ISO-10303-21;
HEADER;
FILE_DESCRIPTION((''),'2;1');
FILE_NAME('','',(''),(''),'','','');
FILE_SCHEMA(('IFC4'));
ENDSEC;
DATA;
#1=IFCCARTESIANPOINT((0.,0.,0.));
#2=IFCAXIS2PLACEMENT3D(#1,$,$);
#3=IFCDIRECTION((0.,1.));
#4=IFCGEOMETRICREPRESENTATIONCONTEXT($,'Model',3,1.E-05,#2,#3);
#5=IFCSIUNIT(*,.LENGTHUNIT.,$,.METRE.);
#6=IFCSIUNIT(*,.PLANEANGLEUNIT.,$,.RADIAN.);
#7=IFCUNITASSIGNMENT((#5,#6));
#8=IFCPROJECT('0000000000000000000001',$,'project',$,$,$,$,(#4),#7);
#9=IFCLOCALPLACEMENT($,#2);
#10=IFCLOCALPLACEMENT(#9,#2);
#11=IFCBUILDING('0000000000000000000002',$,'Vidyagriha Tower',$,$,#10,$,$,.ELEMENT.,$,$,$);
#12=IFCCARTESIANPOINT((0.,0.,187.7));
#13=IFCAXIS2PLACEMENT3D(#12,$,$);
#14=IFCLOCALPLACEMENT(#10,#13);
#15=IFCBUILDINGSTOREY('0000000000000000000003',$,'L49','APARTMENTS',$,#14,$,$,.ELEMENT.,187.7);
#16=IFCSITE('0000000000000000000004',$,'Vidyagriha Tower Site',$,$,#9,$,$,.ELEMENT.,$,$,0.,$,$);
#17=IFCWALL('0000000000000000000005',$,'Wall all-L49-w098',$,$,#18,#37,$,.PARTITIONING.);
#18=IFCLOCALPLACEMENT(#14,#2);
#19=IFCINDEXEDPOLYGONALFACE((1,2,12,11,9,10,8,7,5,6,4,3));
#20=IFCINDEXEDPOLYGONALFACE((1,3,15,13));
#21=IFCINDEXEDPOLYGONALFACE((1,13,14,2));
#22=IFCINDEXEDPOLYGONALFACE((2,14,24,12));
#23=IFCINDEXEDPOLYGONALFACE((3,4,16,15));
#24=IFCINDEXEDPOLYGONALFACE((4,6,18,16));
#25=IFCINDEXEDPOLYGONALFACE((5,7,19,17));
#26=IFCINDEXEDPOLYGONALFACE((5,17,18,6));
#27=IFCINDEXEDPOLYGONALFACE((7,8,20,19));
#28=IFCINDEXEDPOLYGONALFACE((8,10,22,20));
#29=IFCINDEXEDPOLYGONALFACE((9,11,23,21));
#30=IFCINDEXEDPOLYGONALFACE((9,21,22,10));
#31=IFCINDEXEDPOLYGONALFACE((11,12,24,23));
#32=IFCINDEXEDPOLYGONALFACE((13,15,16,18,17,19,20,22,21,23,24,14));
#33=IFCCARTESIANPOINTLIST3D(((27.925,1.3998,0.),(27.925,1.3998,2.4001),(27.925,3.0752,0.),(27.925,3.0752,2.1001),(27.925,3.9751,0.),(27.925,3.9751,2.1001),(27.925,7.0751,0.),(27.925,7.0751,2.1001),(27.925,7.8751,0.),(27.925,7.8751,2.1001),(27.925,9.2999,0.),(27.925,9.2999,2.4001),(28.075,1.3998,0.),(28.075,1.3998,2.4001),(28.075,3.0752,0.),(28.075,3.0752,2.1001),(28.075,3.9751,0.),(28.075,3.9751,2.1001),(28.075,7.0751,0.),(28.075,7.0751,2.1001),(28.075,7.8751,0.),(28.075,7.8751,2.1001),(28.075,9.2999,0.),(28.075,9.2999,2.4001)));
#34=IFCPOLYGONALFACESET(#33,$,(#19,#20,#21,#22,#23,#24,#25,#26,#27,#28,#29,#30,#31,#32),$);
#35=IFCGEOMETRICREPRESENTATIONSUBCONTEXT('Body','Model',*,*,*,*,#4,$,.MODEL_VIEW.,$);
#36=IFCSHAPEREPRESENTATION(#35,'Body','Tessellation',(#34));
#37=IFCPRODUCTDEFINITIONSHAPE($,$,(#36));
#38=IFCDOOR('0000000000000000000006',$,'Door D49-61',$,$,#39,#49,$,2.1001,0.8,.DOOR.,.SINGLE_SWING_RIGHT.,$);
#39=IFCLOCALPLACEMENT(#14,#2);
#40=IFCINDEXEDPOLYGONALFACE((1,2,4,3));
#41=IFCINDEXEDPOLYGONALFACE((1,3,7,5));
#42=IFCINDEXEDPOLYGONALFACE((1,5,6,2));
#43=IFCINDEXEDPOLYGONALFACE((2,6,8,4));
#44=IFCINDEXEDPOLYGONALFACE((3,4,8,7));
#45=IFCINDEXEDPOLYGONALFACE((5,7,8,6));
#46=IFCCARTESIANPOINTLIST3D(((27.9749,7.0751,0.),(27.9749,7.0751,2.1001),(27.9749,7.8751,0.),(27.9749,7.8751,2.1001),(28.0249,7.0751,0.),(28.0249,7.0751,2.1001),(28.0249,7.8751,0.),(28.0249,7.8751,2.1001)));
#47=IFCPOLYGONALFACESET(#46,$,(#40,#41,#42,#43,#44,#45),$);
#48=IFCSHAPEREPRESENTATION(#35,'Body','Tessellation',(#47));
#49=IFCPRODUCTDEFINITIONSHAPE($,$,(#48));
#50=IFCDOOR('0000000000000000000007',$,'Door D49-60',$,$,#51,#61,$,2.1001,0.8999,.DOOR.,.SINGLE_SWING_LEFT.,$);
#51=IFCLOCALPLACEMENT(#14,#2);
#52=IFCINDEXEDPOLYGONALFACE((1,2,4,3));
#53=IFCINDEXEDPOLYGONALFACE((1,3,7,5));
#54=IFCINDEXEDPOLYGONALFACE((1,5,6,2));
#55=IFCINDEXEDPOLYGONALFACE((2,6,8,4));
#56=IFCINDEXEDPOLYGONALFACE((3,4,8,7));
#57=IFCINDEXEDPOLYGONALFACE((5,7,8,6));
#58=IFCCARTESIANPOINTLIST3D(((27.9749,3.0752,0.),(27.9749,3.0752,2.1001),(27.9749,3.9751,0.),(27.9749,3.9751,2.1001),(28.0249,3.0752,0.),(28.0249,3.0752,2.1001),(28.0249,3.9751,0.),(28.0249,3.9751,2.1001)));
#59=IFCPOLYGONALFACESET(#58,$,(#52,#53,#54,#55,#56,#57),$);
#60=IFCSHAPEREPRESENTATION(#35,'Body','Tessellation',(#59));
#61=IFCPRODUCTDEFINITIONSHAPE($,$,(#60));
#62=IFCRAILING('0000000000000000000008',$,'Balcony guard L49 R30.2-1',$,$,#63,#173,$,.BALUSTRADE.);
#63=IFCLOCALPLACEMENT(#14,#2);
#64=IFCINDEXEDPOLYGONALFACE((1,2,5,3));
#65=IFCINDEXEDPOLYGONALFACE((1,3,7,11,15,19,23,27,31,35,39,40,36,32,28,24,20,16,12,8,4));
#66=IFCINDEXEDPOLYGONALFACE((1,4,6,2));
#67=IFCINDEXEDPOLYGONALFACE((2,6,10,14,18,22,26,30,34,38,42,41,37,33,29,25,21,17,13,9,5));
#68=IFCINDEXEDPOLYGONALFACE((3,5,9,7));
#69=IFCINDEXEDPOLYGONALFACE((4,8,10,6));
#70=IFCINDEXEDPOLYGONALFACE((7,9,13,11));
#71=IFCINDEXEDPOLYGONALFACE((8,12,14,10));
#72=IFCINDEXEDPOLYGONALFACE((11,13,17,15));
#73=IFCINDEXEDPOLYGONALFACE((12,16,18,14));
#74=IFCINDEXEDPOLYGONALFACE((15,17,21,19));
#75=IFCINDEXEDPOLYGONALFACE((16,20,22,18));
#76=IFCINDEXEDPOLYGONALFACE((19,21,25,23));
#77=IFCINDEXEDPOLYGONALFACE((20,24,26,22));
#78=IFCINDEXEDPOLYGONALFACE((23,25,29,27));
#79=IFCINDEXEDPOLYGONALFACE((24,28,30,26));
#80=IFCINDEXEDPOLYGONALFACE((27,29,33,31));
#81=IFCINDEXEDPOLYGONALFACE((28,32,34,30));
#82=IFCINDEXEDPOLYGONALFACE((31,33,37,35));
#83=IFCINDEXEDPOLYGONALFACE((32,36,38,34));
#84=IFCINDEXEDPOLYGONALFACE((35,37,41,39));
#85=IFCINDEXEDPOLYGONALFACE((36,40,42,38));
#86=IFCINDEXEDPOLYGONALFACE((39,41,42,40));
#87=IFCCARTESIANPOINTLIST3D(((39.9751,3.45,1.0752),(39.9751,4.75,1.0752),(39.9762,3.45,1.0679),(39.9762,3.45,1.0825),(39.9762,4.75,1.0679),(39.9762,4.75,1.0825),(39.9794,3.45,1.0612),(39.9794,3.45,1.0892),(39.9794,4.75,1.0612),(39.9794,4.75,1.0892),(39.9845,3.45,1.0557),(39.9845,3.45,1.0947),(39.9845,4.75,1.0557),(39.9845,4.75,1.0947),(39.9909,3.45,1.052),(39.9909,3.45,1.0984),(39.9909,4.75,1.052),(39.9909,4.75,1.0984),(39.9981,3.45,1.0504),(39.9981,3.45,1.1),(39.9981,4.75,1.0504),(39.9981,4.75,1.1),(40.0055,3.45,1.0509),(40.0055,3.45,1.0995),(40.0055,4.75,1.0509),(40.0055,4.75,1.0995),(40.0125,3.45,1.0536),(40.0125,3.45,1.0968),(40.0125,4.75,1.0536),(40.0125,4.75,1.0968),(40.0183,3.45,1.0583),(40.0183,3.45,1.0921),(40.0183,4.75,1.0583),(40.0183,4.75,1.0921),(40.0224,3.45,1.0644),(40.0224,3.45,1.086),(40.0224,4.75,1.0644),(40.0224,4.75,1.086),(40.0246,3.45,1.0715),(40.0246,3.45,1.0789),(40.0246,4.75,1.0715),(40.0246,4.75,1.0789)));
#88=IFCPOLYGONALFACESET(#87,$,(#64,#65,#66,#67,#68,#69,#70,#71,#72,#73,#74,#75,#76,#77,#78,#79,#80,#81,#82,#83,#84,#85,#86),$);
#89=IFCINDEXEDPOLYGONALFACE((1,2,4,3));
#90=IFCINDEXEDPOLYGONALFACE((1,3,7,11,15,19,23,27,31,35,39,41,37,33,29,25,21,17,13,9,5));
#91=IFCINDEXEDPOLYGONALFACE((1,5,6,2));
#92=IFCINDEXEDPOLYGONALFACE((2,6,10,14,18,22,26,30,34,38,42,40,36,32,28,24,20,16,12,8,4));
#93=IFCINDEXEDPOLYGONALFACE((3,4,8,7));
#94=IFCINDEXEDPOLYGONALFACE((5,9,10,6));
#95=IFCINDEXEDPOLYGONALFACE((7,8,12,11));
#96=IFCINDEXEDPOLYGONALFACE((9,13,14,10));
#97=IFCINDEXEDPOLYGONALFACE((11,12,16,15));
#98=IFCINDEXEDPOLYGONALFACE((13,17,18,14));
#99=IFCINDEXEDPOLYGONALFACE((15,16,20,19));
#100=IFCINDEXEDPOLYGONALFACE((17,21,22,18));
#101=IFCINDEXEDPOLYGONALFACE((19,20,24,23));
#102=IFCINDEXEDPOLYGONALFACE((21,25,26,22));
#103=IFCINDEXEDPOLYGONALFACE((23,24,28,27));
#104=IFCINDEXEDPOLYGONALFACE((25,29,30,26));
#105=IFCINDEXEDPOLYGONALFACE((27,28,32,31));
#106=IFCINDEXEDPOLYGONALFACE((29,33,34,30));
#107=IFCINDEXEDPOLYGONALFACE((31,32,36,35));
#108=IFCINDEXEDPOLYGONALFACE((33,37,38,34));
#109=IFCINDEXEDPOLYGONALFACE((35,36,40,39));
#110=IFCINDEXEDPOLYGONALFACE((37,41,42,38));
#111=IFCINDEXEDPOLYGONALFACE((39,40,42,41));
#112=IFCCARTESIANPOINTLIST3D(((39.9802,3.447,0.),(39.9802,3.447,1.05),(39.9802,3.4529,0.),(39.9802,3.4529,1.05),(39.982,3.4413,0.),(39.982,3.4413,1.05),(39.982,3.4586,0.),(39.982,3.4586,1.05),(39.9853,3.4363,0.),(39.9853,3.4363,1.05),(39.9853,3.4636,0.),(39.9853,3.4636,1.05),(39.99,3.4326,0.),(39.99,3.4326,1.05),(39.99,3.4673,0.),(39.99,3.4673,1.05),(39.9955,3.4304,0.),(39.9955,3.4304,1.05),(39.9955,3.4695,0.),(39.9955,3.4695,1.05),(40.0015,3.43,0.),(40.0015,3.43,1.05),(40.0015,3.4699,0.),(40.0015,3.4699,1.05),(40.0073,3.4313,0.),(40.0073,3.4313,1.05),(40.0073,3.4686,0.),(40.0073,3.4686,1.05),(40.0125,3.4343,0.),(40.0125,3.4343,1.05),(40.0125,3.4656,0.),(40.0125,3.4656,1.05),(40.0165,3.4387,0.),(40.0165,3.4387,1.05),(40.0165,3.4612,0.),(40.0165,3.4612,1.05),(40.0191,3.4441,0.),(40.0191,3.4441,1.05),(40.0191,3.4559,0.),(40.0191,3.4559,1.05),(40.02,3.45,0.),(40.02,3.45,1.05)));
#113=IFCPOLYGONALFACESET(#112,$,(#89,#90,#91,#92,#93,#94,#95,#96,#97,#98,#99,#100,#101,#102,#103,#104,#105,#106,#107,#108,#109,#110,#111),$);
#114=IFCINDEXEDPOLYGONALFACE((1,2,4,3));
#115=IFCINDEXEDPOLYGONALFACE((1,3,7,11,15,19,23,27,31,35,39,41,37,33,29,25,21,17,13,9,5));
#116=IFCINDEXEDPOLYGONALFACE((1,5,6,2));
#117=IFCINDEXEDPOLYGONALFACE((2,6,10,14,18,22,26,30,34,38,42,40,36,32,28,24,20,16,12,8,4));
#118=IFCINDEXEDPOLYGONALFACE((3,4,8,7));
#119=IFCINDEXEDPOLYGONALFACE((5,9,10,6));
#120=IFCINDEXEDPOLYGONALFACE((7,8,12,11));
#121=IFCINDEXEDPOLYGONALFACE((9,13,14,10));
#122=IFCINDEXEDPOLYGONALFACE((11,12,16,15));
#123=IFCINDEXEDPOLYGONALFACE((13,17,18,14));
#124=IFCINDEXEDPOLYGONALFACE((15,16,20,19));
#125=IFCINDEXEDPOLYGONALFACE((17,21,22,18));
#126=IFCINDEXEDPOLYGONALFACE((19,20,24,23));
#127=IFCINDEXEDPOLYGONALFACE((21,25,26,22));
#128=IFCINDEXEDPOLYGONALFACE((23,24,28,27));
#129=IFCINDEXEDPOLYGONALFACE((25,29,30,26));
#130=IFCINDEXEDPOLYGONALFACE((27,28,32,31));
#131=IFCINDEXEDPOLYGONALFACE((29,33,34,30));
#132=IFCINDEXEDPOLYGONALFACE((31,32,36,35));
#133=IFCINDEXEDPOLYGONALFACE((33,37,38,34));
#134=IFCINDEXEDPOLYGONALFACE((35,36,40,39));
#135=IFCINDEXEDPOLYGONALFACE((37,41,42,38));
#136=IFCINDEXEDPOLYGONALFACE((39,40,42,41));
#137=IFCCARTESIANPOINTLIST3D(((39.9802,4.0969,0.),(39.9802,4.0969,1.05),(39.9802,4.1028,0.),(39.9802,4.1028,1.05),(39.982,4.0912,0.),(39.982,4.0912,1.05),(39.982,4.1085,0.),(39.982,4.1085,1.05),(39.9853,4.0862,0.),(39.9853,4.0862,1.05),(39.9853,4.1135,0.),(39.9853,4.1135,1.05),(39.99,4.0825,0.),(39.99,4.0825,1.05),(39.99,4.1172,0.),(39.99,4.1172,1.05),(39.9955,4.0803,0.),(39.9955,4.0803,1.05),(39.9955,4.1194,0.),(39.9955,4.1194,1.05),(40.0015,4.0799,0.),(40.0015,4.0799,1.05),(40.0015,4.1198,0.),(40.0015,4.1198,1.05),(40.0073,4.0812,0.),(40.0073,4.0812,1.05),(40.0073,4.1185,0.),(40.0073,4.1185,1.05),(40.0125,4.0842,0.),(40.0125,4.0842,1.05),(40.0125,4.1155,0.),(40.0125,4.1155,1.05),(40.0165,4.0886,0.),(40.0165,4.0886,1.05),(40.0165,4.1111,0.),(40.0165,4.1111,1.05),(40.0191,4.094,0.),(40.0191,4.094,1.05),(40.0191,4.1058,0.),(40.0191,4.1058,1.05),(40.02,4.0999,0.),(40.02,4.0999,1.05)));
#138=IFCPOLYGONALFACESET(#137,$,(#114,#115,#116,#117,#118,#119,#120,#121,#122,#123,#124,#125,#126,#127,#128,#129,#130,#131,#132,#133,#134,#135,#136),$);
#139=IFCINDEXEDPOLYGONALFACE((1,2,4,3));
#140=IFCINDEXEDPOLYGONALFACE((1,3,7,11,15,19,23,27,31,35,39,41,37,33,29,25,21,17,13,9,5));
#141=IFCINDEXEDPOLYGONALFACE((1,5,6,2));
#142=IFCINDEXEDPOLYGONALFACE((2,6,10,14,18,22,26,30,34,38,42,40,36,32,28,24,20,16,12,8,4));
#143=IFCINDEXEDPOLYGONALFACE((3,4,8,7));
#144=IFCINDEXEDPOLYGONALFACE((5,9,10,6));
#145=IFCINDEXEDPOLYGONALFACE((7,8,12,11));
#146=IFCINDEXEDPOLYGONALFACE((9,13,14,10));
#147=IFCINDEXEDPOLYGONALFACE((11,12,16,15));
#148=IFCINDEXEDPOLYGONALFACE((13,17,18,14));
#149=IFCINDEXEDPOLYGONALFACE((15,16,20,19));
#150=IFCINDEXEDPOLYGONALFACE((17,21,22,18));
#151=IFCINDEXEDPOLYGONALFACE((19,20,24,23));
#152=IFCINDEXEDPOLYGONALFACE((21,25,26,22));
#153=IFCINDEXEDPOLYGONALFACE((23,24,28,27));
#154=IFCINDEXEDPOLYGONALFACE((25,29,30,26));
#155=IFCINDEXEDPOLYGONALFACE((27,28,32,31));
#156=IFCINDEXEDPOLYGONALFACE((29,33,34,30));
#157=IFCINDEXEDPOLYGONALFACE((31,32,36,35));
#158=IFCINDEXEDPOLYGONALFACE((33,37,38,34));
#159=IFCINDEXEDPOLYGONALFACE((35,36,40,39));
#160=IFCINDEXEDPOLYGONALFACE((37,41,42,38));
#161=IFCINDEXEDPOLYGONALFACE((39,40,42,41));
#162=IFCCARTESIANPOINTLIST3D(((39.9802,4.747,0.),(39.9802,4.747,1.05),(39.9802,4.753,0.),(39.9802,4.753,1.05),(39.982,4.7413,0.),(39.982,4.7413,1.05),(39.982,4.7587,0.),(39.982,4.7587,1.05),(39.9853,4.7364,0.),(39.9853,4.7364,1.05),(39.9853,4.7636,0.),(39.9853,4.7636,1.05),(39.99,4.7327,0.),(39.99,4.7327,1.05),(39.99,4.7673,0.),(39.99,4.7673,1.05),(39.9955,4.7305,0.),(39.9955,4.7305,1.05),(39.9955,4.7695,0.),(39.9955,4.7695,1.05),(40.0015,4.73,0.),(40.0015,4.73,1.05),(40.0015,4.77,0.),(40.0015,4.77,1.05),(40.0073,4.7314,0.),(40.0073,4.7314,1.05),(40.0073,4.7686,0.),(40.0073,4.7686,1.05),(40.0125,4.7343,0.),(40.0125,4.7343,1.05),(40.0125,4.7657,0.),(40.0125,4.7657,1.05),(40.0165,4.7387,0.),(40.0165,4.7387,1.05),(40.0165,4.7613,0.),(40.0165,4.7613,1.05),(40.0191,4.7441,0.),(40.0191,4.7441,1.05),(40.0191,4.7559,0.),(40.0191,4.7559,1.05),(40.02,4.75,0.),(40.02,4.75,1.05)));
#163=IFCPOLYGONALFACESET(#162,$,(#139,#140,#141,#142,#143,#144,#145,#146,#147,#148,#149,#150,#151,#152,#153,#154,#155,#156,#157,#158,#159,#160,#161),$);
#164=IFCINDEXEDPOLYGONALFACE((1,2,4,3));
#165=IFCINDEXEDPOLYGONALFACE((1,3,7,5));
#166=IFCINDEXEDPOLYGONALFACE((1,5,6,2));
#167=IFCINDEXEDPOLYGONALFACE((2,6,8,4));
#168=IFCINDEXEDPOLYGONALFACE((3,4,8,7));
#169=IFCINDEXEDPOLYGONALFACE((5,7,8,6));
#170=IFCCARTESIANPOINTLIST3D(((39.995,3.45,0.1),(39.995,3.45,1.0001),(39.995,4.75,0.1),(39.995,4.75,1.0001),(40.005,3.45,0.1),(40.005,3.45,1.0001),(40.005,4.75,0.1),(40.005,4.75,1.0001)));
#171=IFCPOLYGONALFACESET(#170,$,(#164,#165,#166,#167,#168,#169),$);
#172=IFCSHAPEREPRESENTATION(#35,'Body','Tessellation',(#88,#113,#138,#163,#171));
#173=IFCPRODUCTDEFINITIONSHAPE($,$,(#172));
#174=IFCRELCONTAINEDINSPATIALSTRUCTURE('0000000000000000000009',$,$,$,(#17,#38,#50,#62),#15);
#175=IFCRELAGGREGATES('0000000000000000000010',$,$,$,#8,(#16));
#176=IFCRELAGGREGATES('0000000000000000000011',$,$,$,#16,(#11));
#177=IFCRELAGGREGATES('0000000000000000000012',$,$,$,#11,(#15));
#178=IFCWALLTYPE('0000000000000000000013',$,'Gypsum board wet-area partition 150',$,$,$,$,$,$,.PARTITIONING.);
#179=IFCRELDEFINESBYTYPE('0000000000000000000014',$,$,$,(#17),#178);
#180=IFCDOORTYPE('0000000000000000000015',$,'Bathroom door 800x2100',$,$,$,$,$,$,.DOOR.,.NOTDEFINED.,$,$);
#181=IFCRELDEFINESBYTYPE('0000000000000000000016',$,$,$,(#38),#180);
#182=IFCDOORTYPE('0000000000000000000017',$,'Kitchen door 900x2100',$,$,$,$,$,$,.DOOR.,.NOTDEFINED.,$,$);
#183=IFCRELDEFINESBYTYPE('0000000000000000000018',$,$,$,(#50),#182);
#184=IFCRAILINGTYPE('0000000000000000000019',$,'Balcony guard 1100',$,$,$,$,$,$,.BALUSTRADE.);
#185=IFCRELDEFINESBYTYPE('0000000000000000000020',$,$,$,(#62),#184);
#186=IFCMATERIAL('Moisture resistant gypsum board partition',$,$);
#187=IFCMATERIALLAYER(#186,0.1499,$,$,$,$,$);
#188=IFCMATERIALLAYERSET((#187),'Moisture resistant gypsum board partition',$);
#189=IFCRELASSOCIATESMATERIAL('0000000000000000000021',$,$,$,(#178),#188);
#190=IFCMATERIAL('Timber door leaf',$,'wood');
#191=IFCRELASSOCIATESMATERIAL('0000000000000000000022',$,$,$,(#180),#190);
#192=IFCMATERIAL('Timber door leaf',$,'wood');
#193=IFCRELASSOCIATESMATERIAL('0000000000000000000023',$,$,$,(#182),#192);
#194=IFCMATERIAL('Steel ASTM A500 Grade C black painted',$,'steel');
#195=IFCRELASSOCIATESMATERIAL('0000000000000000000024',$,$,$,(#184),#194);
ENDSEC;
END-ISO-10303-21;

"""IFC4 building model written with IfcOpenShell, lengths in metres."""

from ifc_helpers import new_model, si_unit, direction, frame, frame_2d, origin, origin_2d, place, context, subcontext, project, spatial, rectangle, circle, extrude, material, layer, layer_set, type_object, element, fill, save


model = new_model("IFC4")

# Units and contexts
model_context = context("Model", 3, precision=1e-05, world=origin(), true_north=direction((0.0, 1.0)))
body_context = subcontext(model_context, "Body", "Model", "MODEL_VIEW")
ifc_project = project(units=[si_unit("LENGTHUNIT", "METRE"), si_unit("PLANEANGLEUNIT", "RADIAN")], contexts=[model_context])

# Site, building, storey
site_placement = place(None, origin())
site = spatial("IfcSite", under=ifc_project, at=site_placement, Name="Vidyagriha Tower Site", CompositionType="ELEMENT", RefElevation=0.0)
building_placement = place(site_placement, origin())
building = spatial("IfcBuilding", under=site, at=building_placement, Name="Vidyagriha Tower", CompositionType="ELEMENT")
storey_placement = place(building_placement, frame((0.0, 0.0, 187.7)))
storey = spatial("IfcBuildingStorey", under=building, at=storey_placement, Name="L49", Description="APARTMENTS", CompositionType="ELEMENT", Elevation=187.7)

# Wall, openings, doors
ifc_material_1 = material(Name="Moisture resistant gypsum board partition")
ifc_layer_1 = layer(ifc_material_1, 0.1499)
ifc_layer_set_1 = layer_set([ifc_layer_1], Name="Moisture resistant gypsum board partition")
wall_type_1 = type_object("IfcWallType", Name="Gypsum board wet-area partition 150", PredefinedType="PARTITIONING", material=ifc_layer_set_1)
wall_1_placement = place(storey_placement, frame((28.0, 9.3, 0.0), z_axis=(0.0, 0.0, 1.0), x_axis=(0.0, -1.0, 0.0)))
wall_1 = element("IfcWall", 1, at=wall_1_placement, inside=storey, type_object=wall_type_1, Name="Wall all-L49-w098", PredefinedType="PARTITIONING", context=body_context, shape_type="SweptSolid", body=[
    extrude(rectangle(XDim=7.9001, YDim=0.1499, at=frame_2d((3.9502, 0.0))), origin(), (0.0, 0.0, 1.0), 2.4001),
])
opening_1_placement = place(wall_1_placement, frame((5.325, 0.0, 0.0)))
opening_1 = element("IfcOpeningElement", 2, at=opening_1_placement, cuts=wall_1, PredefinedType="OPENING", context=body_context, shape_type="SweptSolid", body=[
    extrude(rectangle(XDim=0.8999, YDim=2.1001, at=frame_2d((0.45, 1.05))), frame((0.0, 0.085, 0.0), z_axis=(0.0, -1.0, 0.0), x_axis=(1.0, 0.0, 0.0)), (0.0, 0.0, 1.0), 0.1699),
])
opening_2_placement = place(wall_1_placement, frame((1.425, 0.0, 0.0)))
opening_2 = element("IfcOpeningElement", 3, at=opening_2_placement, cuts=wall_1, PredefinedType="OPENING", context=body_context, shape_type="SweptSolid", body=[
    extrude(rectangle(XDim=0.8, YDim=2.1001, at=frame_2d((0.3999, 1.05))), frame((0.0, 0.085, 0.0), z_axis=(0.0, -1.0, 0.0), x_axis=(1.0, 0.0, 0.0)), (0.0, 0.0, 1.0), 0.1699),
])
ifc_material_2 = material(Name="Timber door leaf", Category="wood")
door_type_1 = type_object("IfcDoorType", Name="Bathroom door 800x2100", OperationType="NOTDEFINED", PredefinedType="DOOR", material=ifc_material_2)
door_1_placement = place(opening_2_placement, origin())
door_1 = element("IfcDoor", 4, at=door_1_placement, inside=storey, type_object=door_type_1, Name="Door D49-61", OperationType="SINGLE_SWING_RIGHT", OverallHeight=2.1001, OverallWidth=0.8, PredefinedType="DOOR", context=body_context, shape_type="SweptSolid", body=[
    extrude(rectangle(XDim=0.8, YDim=2.1001, at=frame_2d((0.3999, 1.05))), frame((0.0, 0.0249, 0.0), z_axis=(0.0, -1.0, 0.0), x_axis=(1.0, 0.0, 0.0)), (0.0, 0.0, 1.0), 0.05),
])
fill(opening_2, door_1)
ifc_material_3 = material(Name="Timber door leaf", Category="wood")
door_type_2 = type_object("IfcDoorType", Name="Kitchen door 900x2100", OperationType="NOTDEFINED", PredefinedType="DOOR", material=ifc_material_3)
door_2_placement = place(opening_1_placement, origin())
door_2 = element("IfcDoor", 5, at=door_2_placement, inside=storey, type_object=door_type_2, Name="Door D49-60", OperationType="SINGLE_SWING_LEFT", OverallHeight=2.1001, OverallWidth=0.8999, PredefinedType="DOOR", context=body_context, shape_type="SweptSolid", body=[
    extrude(rectangle(XDim=0.8999, YDim=2.1001, at=frame_2d((0.45, 1.05))), frame((0.0, 0.0249, 0.0), z_axis=(0.0, -1.0, 0.0), x_axis=(1.0, 0.0, 0.0)), (0.0, 0.0, 1.0), 0.05),
])
fill(opening_1, door_2)

# Railing
ifc_material_4 = material(Name="Steel ASTM A500 Grade C black painted", Category="steel")
railing_type_1 = type_object("IfcRailingType", Name="Balcony guard 1100", PredefinedType="BALUSTRADE", material=ifc_material_4)
railing_1_placement = place(storey_placement, frame((40.0, 3.45, 0.0)))
element("IfcRailing", 6, at=railing_1_placement, inside=storey, type_object=railing_type_1, Name="Balcony guard L49 R30.2-1", PredefinedType="BALUSTRADE", context=body_context, shape_type="SweptSolid", body=[
    extrude(circle(Radius=0.0249, at=origin_2d()), frame((0.0, 0.0, 1.0752), z_axis=(0.0, 1.0, 0.0), x_axis=(-1.0, 0.0, 0.0)), (0.0, 0.0, 1.0), 1.3),
    extrude(circle(Radius=0.02, at=origin_2d()), origin(), (0.0, 0.0, 1.0), 1.05),
    extrude(circle(Radius=0.02, at=origin_2d()), frame((0.0, 0.6499, 0.0)), (0.0, 0.0, 1.0), 1.05),
    extrude(circle(Radius=0.02, at=origin_2d()), frame((0.0, 1.3, 0.0)), (0.0, 0.0, 1.0), 1.05),
    extrude(rectangle(XDim=0.01, YDim=0.9001, at=origin_2d()), frame((0.0, 0.0, 0.55), z_axis=(0.0, 1.0, 0.0), x_axis=(-1.0, 0.0, 0.0)), (0.0, 0.0, 1.0), 1.3),
])

save(model, "model.ifc")
